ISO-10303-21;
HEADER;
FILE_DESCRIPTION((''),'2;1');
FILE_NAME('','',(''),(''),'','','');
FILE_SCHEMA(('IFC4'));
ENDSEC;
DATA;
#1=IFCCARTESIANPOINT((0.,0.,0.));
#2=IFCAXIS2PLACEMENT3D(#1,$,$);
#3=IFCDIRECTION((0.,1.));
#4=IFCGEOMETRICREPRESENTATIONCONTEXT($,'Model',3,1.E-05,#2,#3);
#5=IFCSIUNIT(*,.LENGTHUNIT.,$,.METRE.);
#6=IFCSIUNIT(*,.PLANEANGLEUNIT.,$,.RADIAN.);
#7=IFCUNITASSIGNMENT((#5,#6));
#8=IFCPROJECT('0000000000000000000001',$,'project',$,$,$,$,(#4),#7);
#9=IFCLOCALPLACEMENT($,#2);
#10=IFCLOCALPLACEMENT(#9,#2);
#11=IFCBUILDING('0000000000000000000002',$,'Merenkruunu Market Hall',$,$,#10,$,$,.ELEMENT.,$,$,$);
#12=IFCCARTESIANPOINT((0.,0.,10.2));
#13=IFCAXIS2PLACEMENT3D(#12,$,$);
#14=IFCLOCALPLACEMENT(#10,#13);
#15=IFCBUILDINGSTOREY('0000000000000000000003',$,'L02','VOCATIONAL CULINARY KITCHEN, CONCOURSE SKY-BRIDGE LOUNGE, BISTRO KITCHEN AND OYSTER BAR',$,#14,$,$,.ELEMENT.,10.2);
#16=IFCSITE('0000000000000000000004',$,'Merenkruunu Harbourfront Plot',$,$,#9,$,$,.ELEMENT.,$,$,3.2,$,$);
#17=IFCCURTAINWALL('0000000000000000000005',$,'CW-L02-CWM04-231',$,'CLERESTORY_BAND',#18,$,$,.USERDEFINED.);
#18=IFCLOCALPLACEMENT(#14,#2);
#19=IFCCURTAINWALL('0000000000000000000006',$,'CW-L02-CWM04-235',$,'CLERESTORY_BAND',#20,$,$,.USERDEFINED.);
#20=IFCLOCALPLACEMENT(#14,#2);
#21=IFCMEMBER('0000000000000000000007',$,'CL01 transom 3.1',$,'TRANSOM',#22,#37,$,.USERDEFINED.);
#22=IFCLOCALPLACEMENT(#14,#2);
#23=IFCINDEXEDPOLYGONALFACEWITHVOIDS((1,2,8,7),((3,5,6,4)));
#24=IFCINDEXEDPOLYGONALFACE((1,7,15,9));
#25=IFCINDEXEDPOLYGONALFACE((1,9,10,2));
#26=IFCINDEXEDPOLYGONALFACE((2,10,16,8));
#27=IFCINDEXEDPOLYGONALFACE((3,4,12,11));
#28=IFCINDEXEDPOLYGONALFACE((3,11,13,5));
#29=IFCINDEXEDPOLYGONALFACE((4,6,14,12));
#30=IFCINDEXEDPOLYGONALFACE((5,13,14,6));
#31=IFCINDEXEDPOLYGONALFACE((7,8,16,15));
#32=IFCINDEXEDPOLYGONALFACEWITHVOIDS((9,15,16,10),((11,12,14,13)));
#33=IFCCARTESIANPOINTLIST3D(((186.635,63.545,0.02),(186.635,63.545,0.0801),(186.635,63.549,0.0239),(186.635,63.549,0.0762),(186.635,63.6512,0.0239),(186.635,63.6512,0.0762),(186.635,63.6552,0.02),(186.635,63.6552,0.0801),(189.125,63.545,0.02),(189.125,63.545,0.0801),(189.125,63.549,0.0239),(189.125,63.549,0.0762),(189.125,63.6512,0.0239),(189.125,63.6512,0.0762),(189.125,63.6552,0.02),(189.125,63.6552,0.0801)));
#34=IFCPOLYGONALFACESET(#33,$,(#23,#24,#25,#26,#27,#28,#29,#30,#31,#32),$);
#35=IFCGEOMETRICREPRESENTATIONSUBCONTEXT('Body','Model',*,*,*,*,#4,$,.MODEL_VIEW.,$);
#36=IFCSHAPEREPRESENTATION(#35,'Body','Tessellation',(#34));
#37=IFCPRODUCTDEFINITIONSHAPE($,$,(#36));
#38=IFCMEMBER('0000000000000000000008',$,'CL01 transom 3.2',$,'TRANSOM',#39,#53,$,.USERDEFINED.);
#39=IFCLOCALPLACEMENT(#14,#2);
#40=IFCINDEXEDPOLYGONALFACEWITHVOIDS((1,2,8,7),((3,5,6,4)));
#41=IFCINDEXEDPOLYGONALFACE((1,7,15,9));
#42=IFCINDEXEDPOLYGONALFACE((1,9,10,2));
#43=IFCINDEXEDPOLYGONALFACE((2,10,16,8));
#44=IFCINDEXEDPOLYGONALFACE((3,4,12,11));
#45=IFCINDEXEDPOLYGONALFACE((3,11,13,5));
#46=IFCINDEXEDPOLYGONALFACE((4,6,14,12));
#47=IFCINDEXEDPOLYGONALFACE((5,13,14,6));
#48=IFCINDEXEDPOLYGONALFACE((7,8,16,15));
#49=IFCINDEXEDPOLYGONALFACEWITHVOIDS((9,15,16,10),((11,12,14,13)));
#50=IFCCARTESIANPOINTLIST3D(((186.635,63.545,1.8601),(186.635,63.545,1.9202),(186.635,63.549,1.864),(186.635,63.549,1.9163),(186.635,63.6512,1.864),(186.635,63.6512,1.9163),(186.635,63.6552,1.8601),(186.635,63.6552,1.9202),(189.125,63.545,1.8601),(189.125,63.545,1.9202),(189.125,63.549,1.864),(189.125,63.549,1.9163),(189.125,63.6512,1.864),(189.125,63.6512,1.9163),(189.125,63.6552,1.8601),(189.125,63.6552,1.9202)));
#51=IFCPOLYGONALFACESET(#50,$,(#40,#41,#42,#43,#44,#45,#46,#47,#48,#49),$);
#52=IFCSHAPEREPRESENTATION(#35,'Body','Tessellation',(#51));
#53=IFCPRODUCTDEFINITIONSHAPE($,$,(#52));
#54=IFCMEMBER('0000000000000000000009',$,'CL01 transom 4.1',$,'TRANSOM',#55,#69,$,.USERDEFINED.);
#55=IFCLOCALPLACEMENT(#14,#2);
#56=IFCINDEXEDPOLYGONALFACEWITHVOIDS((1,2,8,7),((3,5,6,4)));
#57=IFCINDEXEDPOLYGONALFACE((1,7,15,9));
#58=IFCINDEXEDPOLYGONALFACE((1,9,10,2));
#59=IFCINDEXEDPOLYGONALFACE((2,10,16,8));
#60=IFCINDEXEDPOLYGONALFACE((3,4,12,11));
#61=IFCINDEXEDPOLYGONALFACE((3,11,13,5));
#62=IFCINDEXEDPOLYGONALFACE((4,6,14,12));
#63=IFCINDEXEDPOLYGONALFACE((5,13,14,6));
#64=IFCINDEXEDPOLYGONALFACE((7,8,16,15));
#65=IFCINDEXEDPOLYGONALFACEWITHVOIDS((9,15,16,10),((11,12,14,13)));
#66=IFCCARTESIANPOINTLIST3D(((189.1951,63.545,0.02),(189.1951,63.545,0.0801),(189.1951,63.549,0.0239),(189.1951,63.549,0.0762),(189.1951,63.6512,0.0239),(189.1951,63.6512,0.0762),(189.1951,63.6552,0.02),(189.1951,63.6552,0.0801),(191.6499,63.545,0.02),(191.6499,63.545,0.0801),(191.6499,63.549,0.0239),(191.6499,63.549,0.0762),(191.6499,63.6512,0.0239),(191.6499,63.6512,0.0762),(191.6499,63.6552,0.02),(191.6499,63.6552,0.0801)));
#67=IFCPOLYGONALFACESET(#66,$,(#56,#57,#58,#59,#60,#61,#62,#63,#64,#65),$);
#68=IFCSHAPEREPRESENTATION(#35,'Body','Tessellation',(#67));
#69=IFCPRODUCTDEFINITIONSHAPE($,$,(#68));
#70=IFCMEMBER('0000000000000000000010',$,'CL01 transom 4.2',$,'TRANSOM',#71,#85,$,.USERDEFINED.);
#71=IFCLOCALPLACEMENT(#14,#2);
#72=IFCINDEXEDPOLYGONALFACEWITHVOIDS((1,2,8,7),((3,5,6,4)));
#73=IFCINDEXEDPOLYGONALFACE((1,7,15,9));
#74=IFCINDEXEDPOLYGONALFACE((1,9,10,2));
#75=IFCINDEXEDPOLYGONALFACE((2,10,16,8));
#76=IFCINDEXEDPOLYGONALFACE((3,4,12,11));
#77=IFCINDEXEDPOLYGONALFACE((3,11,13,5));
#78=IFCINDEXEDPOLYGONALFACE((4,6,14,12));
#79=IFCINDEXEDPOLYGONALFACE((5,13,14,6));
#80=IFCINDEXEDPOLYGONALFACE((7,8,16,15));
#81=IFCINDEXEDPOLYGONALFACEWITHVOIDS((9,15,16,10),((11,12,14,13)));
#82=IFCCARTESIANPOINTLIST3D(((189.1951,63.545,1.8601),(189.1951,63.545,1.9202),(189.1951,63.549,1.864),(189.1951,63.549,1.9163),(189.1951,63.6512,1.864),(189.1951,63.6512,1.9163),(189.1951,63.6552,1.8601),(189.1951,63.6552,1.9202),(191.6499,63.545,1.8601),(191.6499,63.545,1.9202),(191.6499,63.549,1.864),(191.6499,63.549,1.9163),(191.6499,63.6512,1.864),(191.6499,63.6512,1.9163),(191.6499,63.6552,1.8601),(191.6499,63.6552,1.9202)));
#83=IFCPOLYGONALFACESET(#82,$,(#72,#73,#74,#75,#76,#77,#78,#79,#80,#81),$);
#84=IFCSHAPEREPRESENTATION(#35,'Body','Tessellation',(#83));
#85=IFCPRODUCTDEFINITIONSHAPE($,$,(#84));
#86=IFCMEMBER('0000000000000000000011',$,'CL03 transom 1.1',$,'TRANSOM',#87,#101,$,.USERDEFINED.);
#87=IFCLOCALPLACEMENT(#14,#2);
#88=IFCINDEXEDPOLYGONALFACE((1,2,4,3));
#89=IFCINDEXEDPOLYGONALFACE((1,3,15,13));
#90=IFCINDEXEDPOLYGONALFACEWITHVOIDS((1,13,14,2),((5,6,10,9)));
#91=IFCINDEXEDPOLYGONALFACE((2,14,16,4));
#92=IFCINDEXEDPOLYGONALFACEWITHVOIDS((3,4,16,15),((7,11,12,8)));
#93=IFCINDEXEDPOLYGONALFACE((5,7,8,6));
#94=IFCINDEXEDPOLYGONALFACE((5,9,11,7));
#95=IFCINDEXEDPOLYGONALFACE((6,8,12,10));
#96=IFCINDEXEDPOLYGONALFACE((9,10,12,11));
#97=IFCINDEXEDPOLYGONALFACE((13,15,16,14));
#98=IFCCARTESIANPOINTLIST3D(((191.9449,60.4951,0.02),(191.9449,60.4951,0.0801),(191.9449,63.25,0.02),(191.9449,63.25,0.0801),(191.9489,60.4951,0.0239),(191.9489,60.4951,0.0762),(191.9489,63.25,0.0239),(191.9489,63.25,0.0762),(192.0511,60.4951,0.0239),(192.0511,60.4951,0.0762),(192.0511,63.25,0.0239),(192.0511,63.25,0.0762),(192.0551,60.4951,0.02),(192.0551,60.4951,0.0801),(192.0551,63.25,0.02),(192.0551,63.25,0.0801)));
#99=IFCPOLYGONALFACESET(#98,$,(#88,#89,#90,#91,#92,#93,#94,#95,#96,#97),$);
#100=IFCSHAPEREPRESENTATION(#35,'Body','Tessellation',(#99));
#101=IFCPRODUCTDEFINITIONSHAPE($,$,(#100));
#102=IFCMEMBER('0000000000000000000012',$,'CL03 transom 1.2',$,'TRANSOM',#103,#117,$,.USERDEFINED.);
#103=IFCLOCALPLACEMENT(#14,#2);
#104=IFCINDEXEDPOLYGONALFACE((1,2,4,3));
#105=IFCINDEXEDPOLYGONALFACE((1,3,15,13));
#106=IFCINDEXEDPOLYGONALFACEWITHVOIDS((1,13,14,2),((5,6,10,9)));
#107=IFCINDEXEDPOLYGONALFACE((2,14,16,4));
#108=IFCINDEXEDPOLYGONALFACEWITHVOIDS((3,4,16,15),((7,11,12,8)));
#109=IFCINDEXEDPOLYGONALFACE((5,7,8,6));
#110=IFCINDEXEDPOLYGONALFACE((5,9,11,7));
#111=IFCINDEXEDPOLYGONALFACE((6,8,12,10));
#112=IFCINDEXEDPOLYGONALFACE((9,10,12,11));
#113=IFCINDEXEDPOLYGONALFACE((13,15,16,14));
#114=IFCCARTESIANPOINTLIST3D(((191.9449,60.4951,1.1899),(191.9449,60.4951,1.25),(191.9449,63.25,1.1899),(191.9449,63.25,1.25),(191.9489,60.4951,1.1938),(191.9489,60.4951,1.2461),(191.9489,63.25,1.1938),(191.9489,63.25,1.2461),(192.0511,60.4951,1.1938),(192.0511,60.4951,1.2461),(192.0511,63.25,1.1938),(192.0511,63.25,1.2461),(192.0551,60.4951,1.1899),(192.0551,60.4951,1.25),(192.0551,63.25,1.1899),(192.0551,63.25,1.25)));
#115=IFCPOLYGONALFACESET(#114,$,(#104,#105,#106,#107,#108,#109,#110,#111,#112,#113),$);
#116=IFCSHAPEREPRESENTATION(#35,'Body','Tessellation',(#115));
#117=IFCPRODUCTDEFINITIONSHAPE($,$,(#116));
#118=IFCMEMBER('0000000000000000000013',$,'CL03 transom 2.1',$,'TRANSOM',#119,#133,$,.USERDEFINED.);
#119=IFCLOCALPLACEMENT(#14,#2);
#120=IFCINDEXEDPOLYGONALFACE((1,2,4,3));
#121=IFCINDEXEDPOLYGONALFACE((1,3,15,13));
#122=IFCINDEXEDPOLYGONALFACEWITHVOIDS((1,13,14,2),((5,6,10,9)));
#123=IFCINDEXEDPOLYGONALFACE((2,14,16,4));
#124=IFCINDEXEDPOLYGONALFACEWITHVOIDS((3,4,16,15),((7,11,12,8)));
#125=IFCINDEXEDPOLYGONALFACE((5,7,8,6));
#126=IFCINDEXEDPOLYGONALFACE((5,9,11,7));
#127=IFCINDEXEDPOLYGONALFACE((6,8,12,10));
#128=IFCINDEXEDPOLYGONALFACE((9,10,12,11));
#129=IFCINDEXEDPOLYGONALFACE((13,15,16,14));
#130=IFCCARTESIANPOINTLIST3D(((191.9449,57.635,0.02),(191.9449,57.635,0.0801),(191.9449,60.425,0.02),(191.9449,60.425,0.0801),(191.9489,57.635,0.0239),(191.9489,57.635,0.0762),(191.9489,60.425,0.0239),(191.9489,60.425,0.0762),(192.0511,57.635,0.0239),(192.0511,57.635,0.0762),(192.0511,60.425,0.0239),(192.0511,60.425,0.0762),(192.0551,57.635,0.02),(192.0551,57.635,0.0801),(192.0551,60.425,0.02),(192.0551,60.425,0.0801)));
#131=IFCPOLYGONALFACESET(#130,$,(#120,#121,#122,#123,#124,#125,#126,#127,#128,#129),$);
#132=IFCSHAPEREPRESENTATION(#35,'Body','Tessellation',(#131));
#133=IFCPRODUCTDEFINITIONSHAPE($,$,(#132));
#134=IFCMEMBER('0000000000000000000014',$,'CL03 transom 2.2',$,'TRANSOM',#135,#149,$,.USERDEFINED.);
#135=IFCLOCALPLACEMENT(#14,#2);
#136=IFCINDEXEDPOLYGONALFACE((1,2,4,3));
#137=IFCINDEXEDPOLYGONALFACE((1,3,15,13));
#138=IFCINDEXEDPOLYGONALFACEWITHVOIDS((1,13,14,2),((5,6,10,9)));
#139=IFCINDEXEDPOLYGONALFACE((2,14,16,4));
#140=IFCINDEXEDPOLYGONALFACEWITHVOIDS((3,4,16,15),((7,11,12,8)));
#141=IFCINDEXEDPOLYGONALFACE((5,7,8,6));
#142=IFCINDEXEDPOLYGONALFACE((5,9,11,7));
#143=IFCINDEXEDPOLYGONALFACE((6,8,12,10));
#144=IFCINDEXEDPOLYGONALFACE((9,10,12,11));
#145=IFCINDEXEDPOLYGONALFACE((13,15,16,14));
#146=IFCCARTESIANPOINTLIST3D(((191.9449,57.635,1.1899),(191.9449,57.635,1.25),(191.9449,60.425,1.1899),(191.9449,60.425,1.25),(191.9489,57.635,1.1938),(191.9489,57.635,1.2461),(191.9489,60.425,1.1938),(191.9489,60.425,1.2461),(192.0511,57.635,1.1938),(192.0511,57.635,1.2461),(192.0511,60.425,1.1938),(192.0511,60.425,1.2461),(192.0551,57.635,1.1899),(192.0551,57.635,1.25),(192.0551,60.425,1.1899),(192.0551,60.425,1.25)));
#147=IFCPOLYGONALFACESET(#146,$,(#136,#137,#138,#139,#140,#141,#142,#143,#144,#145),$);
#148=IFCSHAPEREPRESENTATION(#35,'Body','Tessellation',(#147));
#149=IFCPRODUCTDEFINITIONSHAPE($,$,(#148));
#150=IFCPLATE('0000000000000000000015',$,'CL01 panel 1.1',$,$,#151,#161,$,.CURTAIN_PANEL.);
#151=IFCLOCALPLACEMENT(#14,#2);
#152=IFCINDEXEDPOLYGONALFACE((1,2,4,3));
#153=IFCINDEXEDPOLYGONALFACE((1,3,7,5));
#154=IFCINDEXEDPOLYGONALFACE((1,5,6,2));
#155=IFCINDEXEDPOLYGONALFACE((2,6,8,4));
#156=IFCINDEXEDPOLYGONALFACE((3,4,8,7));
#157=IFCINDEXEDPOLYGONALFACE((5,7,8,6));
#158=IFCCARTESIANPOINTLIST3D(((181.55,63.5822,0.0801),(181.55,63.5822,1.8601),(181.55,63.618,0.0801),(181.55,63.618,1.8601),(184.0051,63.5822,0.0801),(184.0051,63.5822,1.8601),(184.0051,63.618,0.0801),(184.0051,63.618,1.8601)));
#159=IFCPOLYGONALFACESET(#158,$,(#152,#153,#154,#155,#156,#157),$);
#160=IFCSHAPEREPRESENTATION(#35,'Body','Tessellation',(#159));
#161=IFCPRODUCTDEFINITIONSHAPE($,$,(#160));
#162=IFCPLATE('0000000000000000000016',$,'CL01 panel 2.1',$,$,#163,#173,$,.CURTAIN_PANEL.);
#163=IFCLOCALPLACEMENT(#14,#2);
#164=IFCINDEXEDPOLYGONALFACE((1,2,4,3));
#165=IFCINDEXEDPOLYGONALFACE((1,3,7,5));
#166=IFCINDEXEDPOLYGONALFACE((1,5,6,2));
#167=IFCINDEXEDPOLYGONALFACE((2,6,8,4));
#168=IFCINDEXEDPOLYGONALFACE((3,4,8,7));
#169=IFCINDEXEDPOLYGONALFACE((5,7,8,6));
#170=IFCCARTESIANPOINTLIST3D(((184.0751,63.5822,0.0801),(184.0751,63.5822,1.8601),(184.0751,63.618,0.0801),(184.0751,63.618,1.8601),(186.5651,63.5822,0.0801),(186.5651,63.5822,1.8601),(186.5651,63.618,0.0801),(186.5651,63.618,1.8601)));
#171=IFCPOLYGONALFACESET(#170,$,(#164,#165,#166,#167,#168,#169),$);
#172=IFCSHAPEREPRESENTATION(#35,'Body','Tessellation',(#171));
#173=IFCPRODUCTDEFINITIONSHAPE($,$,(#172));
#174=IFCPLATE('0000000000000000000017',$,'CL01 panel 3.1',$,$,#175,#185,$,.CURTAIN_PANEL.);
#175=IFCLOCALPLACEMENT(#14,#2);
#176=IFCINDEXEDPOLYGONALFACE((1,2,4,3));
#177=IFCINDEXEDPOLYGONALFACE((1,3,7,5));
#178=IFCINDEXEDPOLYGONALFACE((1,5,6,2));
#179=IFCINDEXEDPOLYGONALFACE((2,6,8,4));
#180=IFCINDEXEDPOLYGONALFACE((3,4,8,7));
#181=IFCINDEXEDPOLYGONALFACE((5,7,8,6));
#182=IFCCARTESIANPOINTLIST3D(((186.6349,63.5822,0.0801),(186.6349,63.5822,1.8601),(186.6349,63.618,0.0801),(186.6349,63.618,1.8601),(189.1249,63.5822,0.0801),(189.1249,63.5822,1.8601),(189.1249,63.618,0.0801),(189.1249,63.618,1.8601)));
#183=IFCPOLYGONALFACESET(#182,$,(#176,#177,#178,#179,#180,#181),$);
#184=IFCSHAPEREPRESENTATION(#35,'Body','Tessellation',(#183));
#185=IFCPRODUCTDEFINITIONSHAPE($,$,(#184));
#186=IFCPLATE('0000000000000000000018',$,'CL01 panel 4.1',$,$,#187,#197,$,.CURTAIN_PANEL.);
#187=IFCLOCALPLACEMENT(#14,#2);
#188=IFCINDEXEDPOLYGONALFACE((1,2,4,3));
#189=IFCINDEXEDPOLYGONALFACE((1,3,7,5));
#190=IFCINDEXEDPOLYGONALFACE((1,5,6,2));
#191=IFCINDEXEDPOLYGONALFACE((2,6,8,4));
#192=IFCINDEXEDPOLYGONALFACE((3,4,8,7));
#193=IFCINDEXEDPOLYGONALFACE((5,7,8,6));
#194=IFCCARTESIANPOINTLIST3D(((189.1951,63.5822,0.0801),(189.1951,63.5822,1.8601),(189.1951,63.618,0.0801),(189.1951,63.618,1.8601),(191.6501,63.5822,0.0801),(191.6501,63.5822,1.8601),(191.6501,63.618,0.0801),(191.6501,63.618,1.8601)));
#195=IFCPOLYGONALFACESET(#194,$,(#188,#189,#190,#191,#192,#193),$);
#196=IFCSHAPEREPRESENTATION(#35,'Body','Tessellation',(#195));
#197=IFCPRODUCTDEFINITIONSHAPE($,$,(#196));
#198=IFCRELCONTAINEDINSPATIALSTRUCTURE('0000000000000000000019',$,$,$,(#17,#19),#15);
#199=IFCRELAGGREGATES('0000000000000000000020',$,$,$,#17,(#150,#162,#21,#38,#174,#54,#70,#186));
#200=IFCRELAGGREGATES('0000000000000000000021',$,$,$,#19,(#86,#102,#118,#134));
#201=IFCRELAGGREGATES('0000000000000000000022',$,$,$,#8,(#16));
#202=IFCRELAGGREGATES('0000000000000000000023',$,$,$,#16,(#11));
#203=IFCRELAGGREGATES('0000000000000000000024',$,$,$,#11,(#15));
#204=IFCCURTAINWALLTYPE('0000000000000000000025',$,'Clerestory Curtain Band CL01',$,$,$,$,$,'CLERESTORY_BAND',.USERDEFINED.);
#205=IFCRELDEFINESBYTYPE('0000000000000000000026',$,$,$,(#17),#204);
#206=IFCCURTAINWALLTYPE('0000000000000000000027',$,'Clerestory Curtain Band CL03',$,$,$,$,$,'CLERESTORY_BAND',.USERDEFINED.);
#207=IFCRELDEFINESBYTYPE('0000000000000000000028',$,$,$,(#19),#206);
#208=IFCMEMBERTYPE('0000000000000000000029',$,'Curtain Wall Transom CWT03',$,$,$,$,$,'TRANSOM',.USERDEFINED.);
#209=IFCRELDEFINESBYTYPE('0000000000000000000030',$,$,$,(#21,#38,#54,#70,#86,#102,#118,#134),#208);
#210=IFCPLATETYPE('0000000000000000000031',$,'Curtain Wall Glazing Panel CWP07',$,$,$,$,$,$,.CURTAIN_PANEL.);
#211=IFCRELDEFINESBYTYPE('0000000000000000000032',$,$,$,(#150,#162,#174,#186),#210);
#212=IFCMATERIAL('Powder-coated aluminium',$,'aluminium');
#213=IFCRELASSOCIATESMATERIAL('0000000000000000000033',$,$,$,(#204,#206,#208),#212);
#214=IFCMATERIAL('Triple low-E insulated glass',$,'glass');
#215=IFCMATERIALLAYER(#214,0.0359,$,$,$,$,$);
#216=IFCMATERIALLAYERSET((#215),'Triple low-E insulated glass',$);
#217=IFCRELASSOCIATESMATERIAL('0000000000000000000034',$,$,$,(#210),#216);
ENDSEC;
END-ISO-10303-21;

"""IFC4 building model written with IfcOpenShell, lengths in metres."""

from ifc_helpers import new_model, si_unit, direction, frame, origin, origin_2d, place, context, subcontext, project, spatial, rectangle, hollow_rectangle, extrude, material, layer, layer_set, material_profile, profile_set, type_object, element, aggregate, save


model = new_model("IFC4")

# Units and contexts
model_context = context("Model", 3, precision=1e-05, world=origin(), true_north=direction((0.0, 1.0)))
body_context = subcontext(model_context, "Body", "Model", "MODEL_VIEW")
ifc_project = project(units=[si_unit("LENGTHUNIT", "METRE"), si_unit("PLANEANGLEUNIT", "RADIAN")], contexts=[model_context])

# Site, building, storey
site_placement = place(None, origin())
site = spatial("IfcSite", under=ifc_project, at=site_placement, Name="Merenkruunu Harbourfront Plot", CompositionType="ELEMENT", RefElevation=3.2)
building_placement = place(site_placement, origin())
building = spatial("IfcBuilding", under=site, at=building_placement, Name="Merenkruunu Market Hall", CompositionType="ELEMENT")
storey_placement = place(building_placement, frame((0.0, 0.0, 10.2)))
storey = spatial("IfcBuildingStorey", under=building, at=storey_placement, Name="L02", Description="VOCATIONAL CULINARY KITCHEN, CONCOURSE SKY-BRIDGE LOUNGE, BISTRO KITCHEN AND OYSTER BAR", CompositionType="ELEMENT", Elevation=10.2)

# Curtain walls
ifc_material_1 = material(Name="Powder-coated aluminium", Category="aluminium")
curtain_wall_type_1 = type_object("IfcCurtainWallType", Name="Clerestory Curtain Band CL01", ElementType="CLERESTORY_BAND", PredefinedType="USERDEFINED", material=ifc_material_1)
curtain_wall_1_placement = place(storey_placement, origin())
curtain_wall_1 = element("IfcCurtainWall", 1, at=curtain_wall_1_placement, inside=storey, type_object=curtain_wall_type_1, Name="CW-L02-CWM04-231", ObjectType="CLERESTORY_BAND", PredefinedType="USERDEFINED")
curtain_wall_type_2 = type_object("IfcCurtainWallType", Name="Clerestory Curtain Band CL03", ElementType="CLERESTORY_BAND", PredefinedType="USERDEFINED", material=ifc_material_1)
curtain_wall_2_placement = place(storey_placement, origin())
curtain_wall_2 = element("IfcCurtainWall", 2, at=curtain_wall_2_placement, inside=storey, type_object=curtain_wall_type_2, Name="CW-L02-CWM04-235", ObjectType="CLERESTORY_BAND", PredefinedType="USERDEFINED")

# Members
ifc_material_profile_1 = material_profile(ifc_material_1, hollow_rectangle(XDim=0.0601, YDim=0.1101, WallThickness=0.0039, at=origin_2d()), Name="ALU 60x110x4")
ifc_profile_set_1 = profile_set([ifc_material_profile_1], Name="Powder-coated aluminium")
member_type_1 = type_object("IfcMemberType", Name="Curtain Wall Transom CWT03", ElementType="TRANSOM", PredefinedType="USERDEFINED", material=ifc_profile_set_1)
member_1_placement = place(storey_placement, frame((186.635, 63.6001, 0.05), z_axis=(1.0, 0.0, 0.0), x_axis=(0.0, 0.0, 1.0)))
member_1 = element("IfcMember", 3, at=member_1_placement, type_object=member_type_1, Name="CL01 transom 3.1", ObjectType="TRANSOM", PredefinedType="USERDEFINED", context=body_context, shape_type="SweptSolid", body=[
    extrude(hollow_rectangle(XDim=0.0601, YDim=0.1101, WallThickness=0.0039, at=origin_2d()), origin(), (0.0, 0.0, 1.0), 2.49),
])
member_2_placement = place(storey_placement, frame((186.635, 63.6001, 1.8901), z_axis=(1.0, 0.0, 0.0), x_axis=(0.0, 0.0, 1.0)))
member_2 = element("IfcMember", 4, at=member_2_placement, type_object=member_type_1, Name="CL01 transom 3.2", ObjectType="TRANSOM", PredefinedType="USERDEFINED", context=body_context, shape_type="SweptSolid", body=[
    extrude(hollow_rectangle(XDim=0.0601, YDim=0.1101, WallThickness=0.0039, at=origin_2d()), origin(), (0.0, 0.0, 1.0), 2.49),
])
member_3_placement = place(storey_placement, frame((189.1951, 63.6001, 0.05), z_axis=(1.0, 0.0, 0.0), x_axis=(0.0, 0.0, 1.0)))
member_3 = element("IfcMember", 5, at=member_3_placement, type_object=member_type_1, Name="CL01 transom 4.1", ObjectType="TRANSOM", PredefinedType="USERDEFINED", context=body_context, shape_type="SweptSolid", body=[
    extrude(hollow_rectangle(XDim=0.0601, YDim=0.1101, WallThickness=0.0039, at=origin_2d()), origin(), (0.0, 0.0, 1.0), 2.4548),
])
member_4_placement = place(storey_placement, frame((189.1951, 63.6001, 1.8901), z_axis=(1.0, 0.0, 0.0), x_axis=(0.0, 0.0, 1.0)))
member_4 = element("IfcMember", 6, at=member_4_placement, type_object=member_type_1, Name="CL01 transom 4.2", ObjectType="TRANSOM", PredefinedType="USERDEFINED", context=body_context, shape_type="SweptSolid", body=[
    extrude(hollow_rectangle(XDim=0.0601, YDim=0.1101, WallThickness=0.0039, at=origin_2d()), origin(), (0.0, 0.0, 1.0), 2.4548),
])
member_5_placement = place(storey_placement, frame((192.0, 63.25, 0.05), z_axis=(0.0, -1.0, 0.0), x_axis=(0.0, 0.0, 1.0)))
member_5 = element("IfcMember", 7, at=member_5_placement, type_object=member_type_1, Name="CL03 transom 1.1", ObjectType="TRANSOM", PredefinedType="USERDEFINED", context=body_context, shape_type="SweptSolid", body=[
    extrude(hollow_rectangle(XDim=0.0601, YDim=0.1101, WallThickness=0.0039, at=origin_2d()), origin(), (0.0, 0.0, 1.0), 2.7549),
])
member_6_placement = place(storey_placement, frame((192.0, 63.25, 1.22), z_axis=(0.0, -1.0, 0.0), x_axis=(0.0, 0.0, 1.0)))
member_6 = element("IfcMember", 8, at=member_6_placement, type_object=member_type_1, Name="CL03 transom 1.2", ObjectType="TRANSOM", PredefinedType="USERDEFINED", context=body_context, shape_type="SweptSolid", body=[
    extrude(hollow_rectangle(XDim=0.0601, YDim=0.1101, WallThickness=0.0039, at=origin_2d()), origin(), (0.0, 0.0, 1.0), 2.7549),
])
member_7_placement = place(storey_placement, frame((192.0, 60.425, 0.05), z_axis=(0.0, -1.0, 0.0), x_axis=(0.0, 0.0, 1.0)))
member_7 = element("IfcMember", 9, at=member_7_placement, type_object=member_type_1, Name="CL03 transom 2.1", ObjectType="TRANSOM", PredefinedType="USERDEFINED", context=body_context, shape_type="SweptSolid", body=[
    extrude(hollow_rectangle(XDim=0.0601, YDim=0.1101, WallThickness=0.0039, at=origin_2d()), origin(), (0.0, 0.0, 1.0), 2.79),
])
member_8_placement = place(storey_placement, frame((192.0, 60.425, 1.22), z_axis=(0.0, -1.0, 0.0), x_axis=(0.0, 0.0, 1.0)))
member_8 = element("IfcMember", 10, at=member_8_placement, type_object=member_type_1, Name="CL03 transom 2.2", ObjectType="TRANSOM", PredefinedType="USERDEFINED", context=body_context, shape_type="SweptSolid", body=[
    extrude(hollow_rectangle(XDim=0.0601, YDim=0.1101, WallThickness=0.0039, at=origin_2d()), origin(), (0.0, 0.0, 1.0), 2.79),
])

# Plates
ifc_material_2 = material(Name="Triple low-E insulated glass", Category="glass")
ifc_layer_1 = layer(ifc_material_2, 0.0359)
ifc_layer_set_1 = layer_set([ifc_layer_1], Name="Triple low-E insulated glass")
plate_type_1 = type_object("IfcPlateType", Name="Curtain Wall Glazing Panel CWP07", PredefinedType="CURTAIN_PANEL", material=ifc_layer_set_1)
plate_1_placement = place(storey_placement, frame((182.7776, 63.6001, 0.0801), z_axis=(0.0, 0.0, 1.0), x_axis=(1.0, 0.0, 0.0)))
plate_1 = element("IfcPlate", 11, at=plate_1_placement, type_object=plate_type_1, Name="CL01 panel 1.1", PredefinedType="CURTAIN_PANEL", context=body_context, shape_type="SweptSolid", body=[
    extrude(rectangle(XDim=2.4551, YDim=0.0359, at=origin_2d()), origin(), (0.0, 0.0, 1.0), 1.78),
])
plate_2_placement = place(storey_placement, frame((185.3201, 63.6001, 0.0801), z_axis=(0.0, 0.0, 1.0), x_axis=(1.0, 0.0, 0.0)))
plate_2 = element("IfcPlate", 12, at=plate_2_placement, type_object=plate_type_1, Name="CL01 panel 2.1", PredefinedType="CURTAIN_PANEL", context=body_context, shape_type="SweptSolid", body=[
    extrude(rectangle(XDim=2.49, YDim=0.0359, at=origin_2d()), origin(), (0.0, 0.0, 1.0), 1.78),
])
plate_3_placement = place(storey_placement, frame((187.8799, 63.6001, 0.0801), z_axis=(0.0, 0.0, 1.0), x_axis=(1.0, 0.0, 0.0)))
plate_3 = element("IfcPlate", 13, at=plate_3_placement, type_object=plate_type_1, Name="CL01 panel 3.1", PredefinedType="CURTAIN_PANEL", context=body_context, shape_type="SweptSolid", body=[
    extrude(rectangle(XDim=2.49, YDim=0.0359, at=origin_2d()), origin(), (0.0, 0.0, 1.0), 1.78),
])
plate_4_placement = place(storey_placement, frame((190.4226, 63.6001, 0.0801), z_axis=(0.0, 0.0, 1.0), x_axis=(1.0, 0.0, 0.0)))
plate_4 = element("IfcPlate", 14, at=plate_4_placement, type_object=plate_type_1, Name="CL01 panel 4.1", PredefinedType="CURTAIN_PANEL", context=body_context, shape_type="SweptSolid", body=[
    extrude(rectangle(XDim=2.4551, YDim=0.0359, at=origin_2d()), origin(), (0.0, 0.0, 1.0), 1.78),
])
aggregate(curtain_wall_1, [plate_1, plate_2, member_1, member_2, plate_3, member_3, member_4, plate_4])
aggregate(curtain_wall_2, [member_5, member_6, member_7, member_8])

save(model, "model.ifc")
